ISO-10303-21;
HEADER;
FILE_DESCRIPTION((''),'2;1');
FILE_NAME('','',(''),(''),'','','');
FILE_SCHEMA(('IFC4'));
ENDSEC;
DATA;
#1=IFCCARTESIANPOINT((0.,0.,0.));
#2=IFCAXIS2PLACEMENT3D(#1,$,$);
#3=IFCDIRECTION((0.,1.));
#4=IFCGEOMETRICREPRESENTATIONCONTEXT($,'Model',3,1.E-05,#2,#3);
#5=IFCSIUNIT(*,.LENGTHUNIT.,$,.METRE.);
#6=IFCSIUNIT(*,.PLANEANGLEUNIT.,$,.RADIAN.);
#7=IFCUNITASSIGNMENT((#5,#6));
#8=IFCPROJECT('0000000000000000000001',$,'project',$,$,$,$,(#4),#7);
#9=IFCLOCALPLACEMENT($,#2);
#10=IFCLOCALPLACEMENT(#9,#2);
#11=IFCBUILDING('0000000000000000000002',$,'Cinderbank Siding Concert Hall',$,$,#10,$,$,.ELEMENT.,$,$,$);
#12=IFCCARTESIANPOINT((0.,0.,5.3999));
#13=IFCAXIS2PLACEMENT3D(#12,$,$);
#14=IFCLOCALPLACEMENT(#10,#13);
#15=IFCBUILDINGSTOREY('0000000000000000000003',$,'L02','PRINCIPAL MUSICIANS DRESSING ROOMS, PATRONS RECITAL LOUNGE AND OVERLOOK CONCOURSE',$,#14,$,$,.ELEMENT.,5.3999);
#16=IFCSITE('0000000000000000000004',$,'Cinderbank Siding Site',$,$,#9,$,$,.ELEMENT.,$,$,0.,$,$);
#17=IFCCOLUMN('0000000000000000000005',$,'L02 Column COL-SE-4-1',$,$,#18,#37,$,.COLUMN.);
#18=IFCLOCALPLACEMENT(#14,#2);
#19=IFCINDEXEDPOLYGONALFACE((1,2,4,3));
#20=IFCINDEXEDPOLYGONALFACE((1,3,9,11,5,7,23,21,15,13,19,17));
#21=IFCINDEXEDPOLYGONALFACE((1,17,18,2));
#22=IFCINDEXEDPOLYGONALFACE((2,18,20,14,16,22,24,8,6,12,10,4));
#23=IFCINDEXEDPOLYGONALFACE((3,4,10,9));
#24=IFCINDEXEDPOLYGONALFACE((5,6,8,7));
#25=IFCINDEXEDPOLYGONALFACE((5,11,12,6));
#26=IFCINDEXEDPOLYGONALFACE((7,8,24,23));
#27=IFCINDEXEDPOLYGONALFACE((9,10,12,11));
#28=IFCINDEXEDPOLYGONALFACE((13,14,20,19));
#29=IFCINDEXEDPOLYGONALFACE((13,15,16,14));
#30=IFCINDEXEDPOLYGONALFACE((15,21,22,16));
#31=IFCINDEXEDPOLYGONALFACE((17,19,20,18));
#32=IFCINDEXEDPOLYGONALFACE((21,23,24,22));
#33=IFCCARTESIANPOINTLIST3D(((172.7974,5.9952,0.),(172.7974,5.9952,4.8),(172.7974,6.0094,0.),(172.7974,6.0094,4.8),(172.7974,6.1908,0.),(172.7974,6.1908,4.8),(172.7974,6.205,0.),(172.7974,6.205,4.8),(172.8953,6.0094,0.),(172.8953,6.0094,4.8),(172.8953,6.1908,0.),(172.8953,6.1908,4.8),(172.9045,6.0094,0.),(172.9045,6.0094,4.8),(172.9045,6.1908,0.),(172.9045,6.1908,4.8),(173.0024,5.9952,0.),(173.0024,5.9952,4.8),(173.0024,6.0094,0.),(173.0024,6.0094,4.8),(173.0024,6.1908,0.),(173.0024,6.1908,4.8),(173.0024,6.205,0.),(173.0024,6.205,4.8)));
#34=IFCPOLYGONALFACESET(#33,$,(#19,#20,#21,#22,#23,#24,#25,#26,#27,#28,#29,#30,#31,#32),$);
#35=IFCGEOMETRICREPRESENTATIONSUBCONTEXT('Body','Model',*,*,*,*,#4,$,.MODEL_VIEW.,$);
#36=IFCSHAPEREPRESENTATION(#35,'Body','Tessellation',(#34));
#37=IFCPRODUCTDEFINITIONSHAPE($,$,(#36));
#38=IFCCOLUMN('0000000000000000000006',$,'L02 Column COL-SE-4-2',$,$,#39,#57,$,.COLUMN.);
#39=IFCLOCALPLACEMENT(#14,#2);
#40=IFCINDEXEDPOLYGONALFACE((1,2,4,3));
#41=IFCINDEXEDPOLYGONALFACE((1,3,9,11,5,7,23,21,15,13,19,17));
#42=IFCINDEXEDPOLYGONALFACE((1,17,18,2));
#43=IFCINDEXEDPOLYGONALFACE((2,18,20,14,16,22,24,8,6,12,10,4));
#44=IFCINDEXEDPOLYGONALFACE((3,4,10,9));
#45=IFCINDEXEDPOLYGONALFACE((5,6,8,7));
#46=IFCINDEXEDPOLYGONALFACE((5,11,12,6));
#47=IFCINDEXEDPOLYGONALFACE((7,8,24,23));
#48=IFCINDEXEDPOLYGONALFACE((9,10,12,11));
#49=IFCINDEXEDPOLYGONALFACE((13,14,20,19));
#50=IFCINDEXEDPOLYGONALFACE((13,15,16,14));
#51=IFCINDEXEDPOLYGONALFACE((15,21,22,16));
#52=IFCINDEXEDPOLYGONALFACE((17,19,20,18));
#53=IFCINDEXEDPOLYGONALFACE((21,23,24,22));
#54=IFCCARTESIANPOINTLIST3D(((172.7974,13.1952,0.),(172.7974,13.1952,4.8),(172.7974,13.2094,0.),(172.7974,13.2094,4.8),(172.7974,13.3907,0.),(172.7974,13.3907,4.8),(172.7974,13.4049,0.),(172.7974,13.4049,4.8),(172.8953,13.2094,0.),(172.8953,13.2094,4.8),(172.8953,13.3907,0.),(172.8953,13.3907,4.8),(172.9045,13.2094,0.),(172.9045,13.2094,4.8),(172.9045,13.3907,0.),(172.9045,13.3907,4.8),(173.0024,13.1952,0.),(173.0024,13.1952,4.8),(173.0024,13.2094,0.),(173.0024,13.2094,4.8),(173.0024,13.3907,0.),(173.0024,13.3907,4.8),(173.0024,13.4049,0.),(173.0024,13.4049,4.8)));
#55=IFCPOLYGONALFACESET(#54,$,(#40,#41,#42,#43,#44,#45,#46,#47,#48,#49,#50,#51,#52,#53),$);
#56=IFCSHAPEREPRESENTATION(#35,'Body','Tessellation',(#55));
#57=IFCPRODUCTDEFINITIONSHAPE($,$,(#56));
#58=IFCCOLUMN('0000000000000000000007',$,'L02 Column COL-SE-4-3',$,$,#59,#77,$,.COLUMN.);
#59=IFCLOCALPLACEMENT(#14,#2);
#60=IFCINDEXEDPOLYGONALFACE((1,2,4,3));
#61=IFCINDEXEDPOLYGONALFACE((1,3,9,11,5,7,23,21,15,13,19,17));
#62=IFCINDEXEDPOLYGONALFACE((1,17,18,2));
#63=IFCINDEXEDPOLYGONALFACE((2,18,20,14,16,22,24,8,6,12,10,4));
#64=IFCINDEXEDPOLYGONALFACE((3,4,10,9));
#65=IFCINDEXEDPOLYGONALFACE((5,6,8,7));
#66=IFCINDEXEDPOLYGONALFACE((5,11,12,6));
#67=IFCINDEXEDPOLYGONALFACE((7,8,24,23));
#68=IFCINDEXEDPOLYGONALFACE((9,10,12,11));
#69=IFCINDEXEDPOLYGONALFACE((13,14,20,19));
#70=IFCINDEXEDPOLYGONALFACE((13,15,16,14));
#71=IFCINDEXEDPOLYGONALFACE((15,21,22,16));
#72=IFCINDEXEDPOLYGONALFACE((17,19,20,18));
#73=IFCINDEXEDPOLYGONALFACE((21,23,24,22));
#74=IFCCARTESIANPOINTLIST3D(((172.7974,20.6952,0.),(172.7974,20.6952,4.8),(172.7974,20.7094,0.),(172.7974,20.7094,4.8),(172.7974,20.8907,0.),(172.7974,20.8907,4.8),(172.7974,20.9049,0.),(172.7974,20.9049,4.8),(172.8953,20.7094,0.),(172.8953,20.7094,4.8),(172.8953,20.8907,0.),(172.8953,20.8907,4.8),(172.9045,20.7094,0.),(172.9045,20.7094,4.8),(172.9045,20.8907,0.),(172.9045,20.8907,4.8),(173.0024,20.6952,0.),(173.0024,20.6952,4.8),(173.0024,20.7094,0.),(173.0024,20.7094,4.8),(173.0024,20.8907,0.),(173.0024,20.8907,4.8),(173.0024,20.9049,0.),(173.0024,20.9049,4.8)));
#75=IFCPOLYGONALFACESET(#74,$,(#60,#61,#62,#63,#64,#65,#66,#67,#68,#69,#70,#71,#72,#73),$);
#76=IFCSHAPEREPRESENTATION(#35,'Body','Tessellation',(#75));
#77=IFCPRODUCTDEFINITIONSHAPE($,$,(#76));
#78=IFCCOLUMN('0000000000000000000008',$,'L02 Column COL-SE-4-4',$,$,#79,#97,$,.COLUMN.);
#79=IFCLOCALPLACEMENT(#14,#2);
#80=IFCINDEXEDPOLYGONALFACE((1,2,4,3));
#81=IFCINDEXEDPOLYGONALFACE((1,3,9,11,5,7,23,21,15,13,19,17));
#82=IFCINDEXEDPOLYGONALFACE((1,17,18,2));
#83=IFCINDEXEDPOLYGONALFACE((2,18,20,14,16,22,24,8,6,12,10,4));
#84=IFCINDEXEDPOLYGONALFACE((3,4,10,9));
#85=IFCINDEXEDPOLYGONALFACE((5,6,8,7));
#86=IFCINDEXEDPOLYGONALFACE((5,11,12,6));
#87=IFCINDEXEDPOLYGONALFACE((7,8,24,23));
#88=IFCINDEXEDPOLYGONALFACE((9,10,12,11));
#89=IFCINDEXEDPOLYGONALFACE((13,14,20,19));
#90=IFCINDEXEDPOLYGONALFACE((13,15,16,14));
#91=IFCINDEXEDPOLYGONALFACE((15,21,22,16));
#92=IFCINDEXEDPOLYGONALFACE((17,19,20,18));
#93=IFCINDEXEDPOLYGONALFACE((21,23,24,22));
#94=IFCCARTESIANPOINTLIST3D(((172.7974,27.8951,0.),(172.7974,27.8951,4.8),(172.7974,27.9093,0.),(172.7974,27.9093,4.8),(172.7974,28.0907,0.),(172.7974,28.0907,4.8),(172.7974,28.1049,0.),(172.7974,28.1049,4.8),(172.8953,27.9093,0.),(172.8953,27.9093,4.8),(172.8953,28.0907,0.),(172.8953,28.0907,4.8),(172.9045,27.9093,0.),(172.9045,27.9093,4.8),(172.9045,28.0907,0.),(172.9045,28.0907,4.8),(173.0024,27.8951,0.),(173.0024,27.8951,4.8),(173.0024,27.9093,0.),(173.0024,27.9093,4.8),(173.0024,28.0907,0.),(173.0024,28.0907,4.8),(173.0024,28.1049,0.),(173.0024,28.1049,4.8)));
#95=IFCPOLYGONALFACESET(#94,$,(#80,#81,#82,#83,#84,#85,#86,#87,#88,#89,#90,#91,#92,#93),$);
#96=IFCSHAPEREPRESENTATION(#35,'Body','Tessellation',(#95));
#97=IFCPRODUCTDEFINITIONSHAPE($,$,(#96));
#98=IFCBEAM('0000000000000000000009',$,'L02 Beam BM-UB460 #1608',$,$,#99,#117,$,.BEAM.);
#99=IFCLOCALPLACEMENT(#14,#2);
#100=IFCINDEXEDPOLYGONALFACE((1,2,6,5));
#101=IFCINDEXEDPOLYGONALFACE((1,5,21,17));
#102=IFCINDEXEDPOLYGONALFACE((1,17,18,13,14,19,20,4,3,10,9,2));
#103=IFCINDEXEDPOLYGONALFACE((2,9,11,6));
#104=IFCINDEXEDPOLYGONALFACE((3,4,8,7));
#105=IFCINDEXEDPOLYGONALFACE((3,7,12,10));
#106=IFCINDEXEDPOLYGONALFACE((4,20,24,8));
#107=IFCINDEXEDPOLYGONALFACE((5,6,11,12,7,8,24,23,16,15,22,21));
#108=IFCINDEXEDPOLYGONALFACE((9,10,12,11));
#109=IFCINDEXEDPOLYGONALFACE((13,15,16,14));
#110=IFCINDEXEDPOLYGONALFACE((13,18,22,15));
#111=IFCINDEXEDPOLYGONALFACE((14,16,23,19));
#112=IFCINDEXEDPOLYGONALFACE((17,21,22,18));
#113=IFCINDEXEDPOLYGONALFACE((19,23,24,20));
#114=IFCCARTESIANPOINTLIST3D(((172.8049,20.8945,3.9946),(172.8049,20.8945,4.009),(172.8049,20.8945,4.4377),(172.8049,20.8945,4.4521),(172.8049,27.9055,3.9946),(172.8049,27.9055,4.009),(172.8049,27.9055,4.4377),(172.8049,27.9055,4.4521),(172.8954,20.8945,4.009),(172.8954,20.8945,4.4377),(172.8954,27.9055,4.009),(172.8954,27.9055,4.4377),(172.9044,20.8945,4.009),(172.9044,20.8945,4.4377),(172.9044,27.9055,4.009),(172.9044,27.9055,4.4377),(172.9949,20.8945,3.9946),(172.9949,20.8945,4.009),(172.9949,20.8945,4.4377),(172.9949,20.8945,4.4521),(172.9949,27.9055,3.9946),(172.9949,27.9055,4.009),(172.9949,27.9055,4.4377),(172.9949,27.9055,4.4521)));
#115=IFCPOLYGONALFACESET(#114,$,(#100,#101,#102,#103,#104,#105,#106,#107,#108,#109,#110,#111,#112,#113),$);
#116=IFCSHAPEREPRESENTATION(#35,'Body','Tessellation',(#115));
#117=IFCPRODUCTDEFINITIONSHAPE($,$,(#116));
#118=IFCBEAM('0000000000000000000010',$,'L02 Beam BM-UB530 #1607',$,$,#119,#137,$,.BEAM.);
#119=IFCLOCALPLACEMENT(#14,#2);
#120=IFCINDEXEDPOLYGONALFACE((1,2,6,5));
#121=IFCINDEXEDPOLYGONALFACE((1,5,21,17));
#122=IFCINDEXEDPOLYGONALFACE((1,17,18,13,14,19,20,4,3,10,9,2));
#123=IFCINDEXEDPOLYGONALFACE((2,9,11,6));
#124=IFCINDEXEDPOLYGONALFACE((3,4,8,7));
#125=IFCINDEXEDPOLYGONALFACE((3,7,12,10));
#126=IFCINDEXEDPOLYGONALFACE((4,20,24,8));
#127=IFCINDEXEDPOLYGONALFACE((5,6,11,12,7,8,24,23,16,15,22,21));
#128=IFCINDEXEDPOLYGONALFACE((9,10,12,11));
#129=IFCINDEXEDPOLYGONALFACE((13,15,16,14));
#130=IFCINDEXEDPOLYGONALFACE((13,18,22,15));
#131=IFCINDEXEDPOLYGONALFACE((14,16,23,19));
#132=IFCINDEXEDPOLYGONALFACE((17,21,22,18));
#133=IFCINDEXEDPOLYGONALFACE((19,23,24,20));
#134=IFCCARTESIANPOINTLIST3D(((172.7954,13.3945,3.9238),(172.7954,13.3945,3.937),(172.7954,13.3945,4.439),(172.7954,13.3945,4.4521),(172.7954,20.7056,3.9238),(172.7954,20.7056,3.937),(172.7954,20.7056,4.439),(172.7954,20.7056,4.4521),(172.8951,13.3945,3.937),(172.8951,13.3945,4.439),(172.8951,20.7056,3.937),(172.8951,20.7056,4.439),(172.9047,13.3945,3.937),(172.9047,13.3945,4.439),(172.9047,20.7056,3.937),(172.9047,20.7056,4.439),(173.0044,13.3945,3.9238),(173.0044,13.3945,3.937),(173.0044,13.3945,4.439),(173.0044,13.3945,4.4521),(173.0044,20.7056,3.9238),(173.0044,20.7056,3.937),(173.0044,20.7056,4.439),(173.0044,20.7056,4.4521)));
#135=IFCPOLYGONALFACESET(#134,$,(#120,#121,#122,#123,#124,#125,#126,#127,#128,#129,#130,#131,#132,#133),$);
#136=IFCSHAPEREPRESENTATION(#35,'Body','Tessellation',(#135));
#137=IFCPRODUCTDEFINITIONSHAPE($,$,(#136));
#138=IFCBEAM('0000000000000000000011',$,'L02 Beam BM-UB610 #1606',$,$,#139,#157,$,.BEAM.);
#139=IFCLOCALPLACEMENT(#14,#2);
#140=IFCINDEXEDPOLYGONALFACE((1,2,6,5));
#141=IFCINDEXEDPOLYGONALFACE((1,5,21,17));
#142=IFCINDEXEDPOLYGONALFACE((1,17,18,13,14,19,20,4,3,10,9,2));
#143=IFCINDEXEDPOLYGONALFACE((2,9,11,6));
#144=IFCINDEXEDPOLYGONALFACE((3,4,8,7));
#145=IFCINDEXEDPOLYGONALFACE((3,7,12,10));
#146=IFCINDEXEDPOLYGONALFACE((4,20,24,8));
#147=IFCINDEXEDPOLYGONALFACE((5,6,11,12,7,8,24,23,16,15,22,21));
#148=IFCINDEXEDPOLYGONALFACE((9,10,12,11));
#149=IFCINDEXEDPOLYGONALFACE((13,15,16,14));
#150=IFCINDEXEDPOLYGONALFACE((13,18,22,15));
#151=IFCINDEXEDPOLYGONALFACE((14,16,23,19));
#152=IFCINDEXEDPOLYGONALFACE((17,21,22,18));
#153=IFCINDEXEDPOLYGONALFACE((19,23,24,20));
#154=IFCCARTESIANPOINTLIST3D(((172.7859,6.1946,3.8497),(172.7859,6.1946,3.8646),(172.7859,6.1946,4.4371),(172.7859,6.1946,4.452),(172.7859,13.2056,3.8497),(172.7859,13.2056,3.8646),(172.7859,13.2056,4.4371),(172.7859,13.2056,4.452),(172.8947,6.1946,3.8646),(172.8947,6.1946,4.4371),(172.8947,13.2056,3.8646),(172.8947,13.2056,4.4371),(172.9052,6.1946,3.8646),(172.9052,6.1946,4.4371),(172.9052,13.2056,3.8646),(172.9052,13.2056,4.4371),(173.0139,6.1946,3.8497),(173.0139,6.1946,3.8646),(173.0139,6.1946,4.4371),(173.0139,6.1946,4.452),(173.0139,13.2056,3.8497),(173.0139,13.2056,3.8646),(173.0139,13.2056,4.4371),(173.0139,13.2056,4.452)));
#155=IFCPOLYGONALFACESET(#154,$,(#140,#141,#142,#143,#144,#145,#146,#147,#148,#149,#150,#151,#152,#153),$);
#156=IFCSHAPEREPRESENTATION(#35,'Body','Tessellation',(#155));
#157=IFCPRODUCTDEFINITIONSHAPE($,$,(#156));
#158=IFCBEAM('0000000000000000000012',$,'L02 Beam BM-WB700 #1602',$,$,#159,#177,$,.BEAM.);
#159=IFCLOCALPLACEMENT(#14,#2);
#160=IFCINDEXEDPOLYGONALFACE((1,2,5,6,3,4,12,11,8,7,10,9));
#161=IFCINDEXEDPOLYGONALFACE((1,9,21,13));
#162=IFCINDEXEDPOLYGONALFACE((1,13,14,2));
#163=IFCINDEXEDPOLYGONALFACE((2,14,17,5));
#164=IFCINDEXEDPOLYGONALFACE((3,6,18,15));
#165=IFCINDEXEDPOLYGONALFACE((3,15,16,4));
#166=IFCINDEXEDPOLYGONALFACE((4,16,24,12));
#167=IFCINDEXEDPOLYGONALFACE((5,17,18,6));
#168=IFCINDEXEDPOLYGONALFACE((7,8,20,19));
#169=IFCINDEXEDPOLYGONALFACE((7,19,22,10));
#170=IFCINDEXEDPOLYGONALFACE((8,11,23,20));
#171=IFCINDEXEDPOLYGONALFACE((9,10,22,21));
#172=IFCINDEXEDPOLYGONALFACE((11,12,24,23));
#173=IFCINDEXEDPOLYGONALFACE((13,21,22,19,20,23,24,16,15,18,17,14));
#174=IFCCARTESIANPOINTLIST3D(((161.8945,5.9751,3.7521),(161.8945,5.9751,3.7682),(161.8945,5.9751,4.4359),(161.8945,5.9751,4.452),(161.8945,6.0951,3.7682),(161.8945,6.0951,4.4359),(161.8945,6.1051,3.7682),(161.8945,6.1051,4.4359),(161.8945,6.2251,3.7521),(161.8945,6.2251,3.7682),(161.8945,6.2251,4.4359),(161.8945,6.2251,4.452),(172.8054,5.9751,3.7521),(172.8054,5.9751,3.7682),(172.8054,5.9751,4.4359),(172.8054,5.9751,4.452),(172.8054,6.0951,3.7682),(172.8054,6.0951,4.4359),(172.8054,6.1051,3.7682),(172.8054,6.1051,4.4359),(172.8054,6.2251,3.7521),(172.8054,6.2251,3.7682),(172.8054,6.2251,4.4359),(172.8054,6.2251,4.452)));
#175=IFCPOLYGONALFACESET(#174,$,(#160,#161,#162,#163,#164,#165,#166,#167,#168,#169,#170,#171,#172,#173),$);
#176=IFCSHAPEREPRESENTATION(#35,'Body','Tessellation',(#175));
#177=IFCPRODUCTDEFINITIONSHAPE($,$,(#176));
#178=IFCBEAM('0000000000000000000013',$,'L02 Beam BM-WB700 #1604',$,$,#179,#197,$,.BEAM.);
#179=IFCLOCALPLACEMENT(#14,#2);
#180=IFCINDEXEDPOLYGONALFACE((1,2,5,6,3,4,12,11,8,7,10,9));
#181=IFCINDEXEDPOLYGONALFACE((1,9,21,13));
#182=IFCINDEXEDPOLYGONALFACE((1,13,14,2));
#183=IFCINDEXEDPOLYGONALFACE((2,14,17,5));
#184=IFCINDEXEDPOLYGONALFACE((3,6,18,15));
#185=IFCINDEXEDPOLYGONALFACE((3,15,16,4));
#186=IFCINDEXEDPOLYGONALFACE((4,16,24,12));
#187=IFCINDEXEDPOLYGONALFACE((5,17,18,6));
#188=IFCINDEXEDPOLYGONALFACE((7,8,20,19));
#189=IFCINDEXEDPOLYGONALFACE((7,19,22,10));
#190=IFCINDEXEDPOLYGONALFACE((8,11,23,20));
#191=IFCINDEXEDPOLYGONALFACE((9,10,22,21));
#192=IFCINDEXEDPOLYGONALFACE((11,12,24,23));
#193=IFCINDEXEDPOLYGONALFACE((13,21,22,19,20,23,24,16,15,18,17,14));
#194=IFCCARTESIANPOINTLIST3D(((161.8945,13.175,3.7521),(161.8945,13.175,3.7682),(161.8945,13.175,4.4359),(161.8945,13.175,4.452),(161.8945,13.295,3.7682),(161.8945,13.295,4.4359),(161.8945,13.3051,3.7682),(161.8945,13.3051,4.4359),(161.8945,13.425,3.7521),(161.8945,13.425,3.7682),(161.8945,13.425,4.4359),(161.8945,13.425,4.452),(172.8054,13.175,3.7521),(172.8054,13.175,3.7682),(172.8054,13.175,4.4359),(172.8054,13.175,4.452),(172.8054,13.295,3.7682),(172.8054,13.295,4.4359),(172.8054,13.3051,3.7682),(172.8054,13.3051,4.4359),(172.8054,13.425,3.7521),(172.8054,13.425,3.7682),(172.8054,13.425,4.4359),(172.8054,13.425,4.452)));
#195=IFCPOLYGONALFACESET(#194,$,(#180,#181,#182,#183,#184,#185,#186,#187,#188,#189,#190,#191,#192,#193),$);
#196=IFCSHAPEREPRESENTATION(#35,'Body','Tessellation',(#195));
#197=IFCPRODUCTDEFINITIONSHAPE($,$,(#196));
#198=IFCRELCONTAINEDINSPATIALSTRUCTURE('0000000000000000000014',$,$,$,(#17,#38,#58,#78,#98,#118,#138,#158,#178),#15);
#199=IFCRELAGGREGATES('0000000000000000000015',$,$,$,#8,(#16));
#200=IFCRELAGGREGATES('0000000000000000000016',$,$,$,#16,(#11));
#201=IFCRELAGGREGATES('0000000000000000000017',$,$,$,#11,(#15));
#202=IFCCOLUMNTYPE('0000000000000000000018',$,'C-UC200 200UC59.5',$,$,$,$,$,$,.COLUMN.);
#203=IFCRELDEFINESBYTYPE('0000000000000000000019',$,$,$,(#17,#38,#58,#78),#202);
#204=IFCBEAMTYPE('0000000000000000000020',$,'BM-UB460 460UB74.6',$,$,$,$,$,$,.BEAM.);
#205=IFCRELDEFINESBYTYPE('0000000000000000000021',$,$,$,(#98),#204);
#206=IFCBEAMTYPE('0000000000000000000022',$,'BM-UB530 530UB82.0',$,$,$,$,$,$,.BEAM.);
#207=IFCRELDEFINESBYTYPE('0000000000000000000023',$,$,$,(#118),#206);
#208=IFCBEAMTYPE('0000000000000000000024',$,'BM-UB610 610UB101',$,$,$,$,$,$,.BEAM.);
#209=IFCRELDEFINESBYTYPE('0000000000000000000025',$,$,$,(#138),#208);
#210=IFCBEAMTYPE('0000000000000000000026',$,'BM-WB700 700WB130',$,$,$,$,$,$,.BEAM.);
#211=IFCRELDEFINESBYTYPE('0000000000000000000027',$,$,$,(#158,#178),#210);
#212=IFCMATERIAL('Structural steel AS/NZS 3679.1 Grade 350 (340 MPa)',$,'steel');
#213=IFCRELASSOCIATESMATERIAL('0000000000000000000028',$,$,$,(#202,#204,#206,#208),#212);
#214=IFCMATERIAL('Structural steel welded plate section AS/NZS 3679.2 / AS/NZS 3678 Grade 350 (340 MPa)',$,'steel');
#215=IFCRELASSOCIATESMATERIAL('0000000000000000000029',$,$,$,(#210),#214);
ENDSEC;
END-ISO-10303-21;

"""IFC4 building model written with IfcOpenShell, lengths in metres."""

from ifc_helpers import new_model, si_unit, direction, frame, origin, origin_2d, place, context, subcontext, project, spatial, i_section, extrude, material, material_profile, profile_set, type_object, element, save


model = new_model("IFC4")

# Units and contexts
model_context = context("Model", 3, precision=1e-05, world=origin(), true_north=direction((0.0, 1.0)))
body_context = subcontext(model_context, "Body", "Model", "MODEL_VIEW")
ifc_project = project(units=[si_unit("LENGTHUNIT", "METRE"), si_unit("PLANEANGLEUNIT", "RADIAN")], contexts=[model_context])

# Site, building, storey
site_placement = place(None, origin())
site = spatial("IfcSite", under=ifc_project, at=site_placement, Name="Cinderbank Siding Site", CompositionType="ELEMENT", RefElevation=0.0)
building_placement = place(site_placement, origin())
building = spatial("IfcBuilding", under=site, at=building_placement, Name="Cinderbank Siding Concert Hall", CompositionType="ELEMENT")
storey_placement = place(building_placement, frame((0.0, 0.0, 5.3999)))
storey = spatial("IfcBuildingStorey", under=building, at=storey_placement, Name="L02", Description="PRINCIPAL MUSICIANS DRESSING ROOMS, PATRONS RECITAL LOUNGE AND OVERLOOK CONCOURSE", CompositionType="ELEMENT", Elevation=5.3999)

# Columns
ifc_material_1 = material(Name="Structural steel AS/NZS 3679.1 Grade 350 (340 MPa)", Category="steel")
ifc_material_profile_1 = material_profile(ifc_material_1, i_section(OverallWidth=0.2051, OverallDepth=0.2097, WebThickness=0.0093, FlangeThickness=0.0142, at=origin_2d()), Name="200UC59.5", Category="LoadBearing")
ifc_profile_set_1 = profile_set([ifc_material_profile_1], Name="Structural steel AS/NZS 3679.1 Grade 350 (340 MPa)")
column_type = type_object("IfcColumnType", Name="C-UC200 200UC59.5", PredefinedType="COLUMN", material=ifc_profile_set_1)
for number, where, z_axis, x_axis, name in (
    (1, (172.8999, 6.1001, 0.0), (0.0, 0.0, 1.0), (1.0, 0.0, 0.0), "L02 Column COL-SE-4-1"),
    (2, (172.8999, 13.3, 0.0), (0.0, 0.0, 1.0), (1.0, 0.0, 0.0), "L02 Column COL-SE-4-2"),
    (3, (172.8999, 20.8, 0.0), (0.0, 0.0, 1.0), (1.0, 0.0, 0.0), "L02 Column COL-SE-4-3"),
    (4, (172.8999, 28.0, 0.0), (0.0, 0.0, 1.0), (1.0, 0.0, 0.0), "L02 Column COL-SE-4-4"),
):
    element("IfcColumn", number, at=place(storey_placement, frame(where, z_axis=z_axis, x_axis=x_axis)), inside=storey, type_object=column_type, Name=name, PredefinedType="COLUMN", context=body_context, shape_type="SweptSolid", body=[
        extrude(i_section(OverallWidth=0.2051, OverallDepth=0.2097, WebThickness=0.0093, FlangeThickness=0.0142, at=origin_2d()), origin(), (0.0, 0.0, 1.0), 4.8),
    ])

# Beams
ifc_material_profile_2 = material_profile(ifc_material_1, i_section(OverallWidth=0.1899, OverallDepth=0.4575, WebThickness=0.009, FlangeThickness=0.0144, at=origin_2d()), Name="460UB74.6", Category="LoadBearing")
ifc_profile_set_2 = profile_set([ifc_material_profile_2], Name="Structural steel AS/NZS 3679.1 Grade 350 (340 MPa)")
beam_type_1 = type_object("IfcBeamType", Name="BM-UB460 460UB74.6", PredefinedType="BEAM", material=ifc_profile_set_2)
beam_1_placement = place(storey_placement, frame((172.8999, 20.8945, 4.2234), z_axis=(0.0, 1.0, 0.0), x_axis=(-1.0, 0.0, 0.0)))
element("IfcBeam", 5, at=beam_1_placement, inside=storey, type_object=beam_type_1, Name="L02 Beam BM-UB460 #1608", PredefinedType="BEAM", context=body_context, shape_type="SweptSolid", body=[
    extrude(i_section(OverallWidth=0.1899, OverallDepth=0.4575, WebThickness=0.009, FlangeThickness=0.0144, at=origin_2d()), origin(), (0.0, 0.0, 1.0), 7.011),
])
ifc_material_profile_3 = material_profile(ifc_material_1, i_section(OverallWidth=0.209, OverallDepth=0.5283, WebThickness=0.0095, FlangeThickness=0.0132, at=origin_2d()), Name="530UB82.0", Category="LoadBearing")
ifc_profile_set_3 = profile_set([ifc_material_profile_3], Name="Structural steel AS/NZS 3679.1 Grade 350 (340 MPa)")
beam_type_2 = type_object("IfcBeamType", Name="BM-UB530 530UB82.0", PredefinedType="BEAM", material=ifc_profile_set_3)
beam_2_placement = place(storey_placement, frame((172.8999, 13.3945, 4.188), z_axis=(0.0, 1.0, 0.0), x_axis=(-1.0, 0.0, 0.0)))
element("IfcBeam", 6, at=beam_2_placement, inside=storey, type_object=beam_type_2, Name="L02 Beam BM-UB530 #1607", PredefinedType="BEAM", context=body_context, shape_type="SweptSolid", body=[
    extrude(i_section(OverallWidth=0.209, OverallDepth=0.5283, WebThickness=0.0095, FlangeThickness=0.0132, at=origin_2d()), origin(), (0.0, 0.0, 1.0), 7.311),
])
ifc_material_profile_4 = material_profile(ifc_material_1, i_section(OverallWidth=0.228, OverallDepth=0.6023, WebThickness=0.0105, FlangeThickness=0.0149, at=origin_2d()), Name="610UB101", Category="LoadBearing")
ifc_profile_set_4 = profile_set([ifc_material_profile_4], Name="Structural steel AS/NZS 3679.1 Grade 350 (340 MPa)")
beam_type_3 = type_object("IfcBeamType", Name="BM-UB610 610UB101", PredefinedType="BEAM", material=ifc_profile_set_4)
beam_3_placement = place(storey_placement, frame((172.8999, 6.1946, 4.1509), z_axis=(0.0, 1.0, 0.0), x_axis=(-1.0, 0.0, 0.0)))
element("IfcBeam", 7, at=beam_3_placement, inside=storey, type_object=beam_type_3, Name="L02 Beam BM-UB610 #1606", PredefinedType="BEAM", context=body_context, shape_type="SweptSolid", body=[
    extrude(i_section(OverallWidth=0.228, OverallDepth=0.6023, WebThickness=0.0105, FlangeThickness=0.0149, at=origin_2d()), origin(), (0.0, 0.0, 1.0), 7.011),
])
ifc_material_2 = material(Name="Structural steel welded plate section AS/NZS 3679.2 / AS/NZS 3678 Grade 350 (340 MPa)", Category="steel")
ifc_material_profile_5 = material_profile(ifc_material_2, i_section(OverallWidth=0.25, OverallDepth=0.7, WebThickness=0.01, FlangeThickness=0.0161, at=origin_2d()), Name="700WB130", Category="LoadBearing")
ifc_profile_set_5 = profile_set([ifc_material_profile_5], Name="Structural steel welded plate section AS/NZS 3679.2 / AS/NZS 3678 Grade 350 (340 MPa)")
beam_type_4 = type_object("IfcBeamType", Name="BM-WB700 700WB130", PredefinedType="BEAM", material=ifc_profile_set_5)
for number, where, z_axis, x_axis, name in (
    (8, (161.8945, 6.1001, 4.1021), (1.0, 0.0, 0.0), (0.0, 1.0, 0.0), "L02 Beam BM-WB700 #1602"),
    (9, (161.8945, 13.3, 4.1021), (1.0, 0.0, 0.0), (0.0, 1.0, 0.0), "L02 Beam BM-WB700 #1604"),
):
    element("IfcBeam", number, at=place(storey_placement, frame(where, z_axis=z_axis, x_axis=x_axis)), inside=storey, type_object=beam_type_4, Name=name, PredefinedType="BEAM", context=body_context, shape_type="SweptSolid", body=[
        extrude(i_section(OverallWidth=0.25, OverallDepth=0.7, WebThickness=0.01, FlangeThickness=0.0161, at=origin_2d()), origin(), (0.0, 0.0, 1.0), 10.9109),
    ])

save(model, "model.ifc")
